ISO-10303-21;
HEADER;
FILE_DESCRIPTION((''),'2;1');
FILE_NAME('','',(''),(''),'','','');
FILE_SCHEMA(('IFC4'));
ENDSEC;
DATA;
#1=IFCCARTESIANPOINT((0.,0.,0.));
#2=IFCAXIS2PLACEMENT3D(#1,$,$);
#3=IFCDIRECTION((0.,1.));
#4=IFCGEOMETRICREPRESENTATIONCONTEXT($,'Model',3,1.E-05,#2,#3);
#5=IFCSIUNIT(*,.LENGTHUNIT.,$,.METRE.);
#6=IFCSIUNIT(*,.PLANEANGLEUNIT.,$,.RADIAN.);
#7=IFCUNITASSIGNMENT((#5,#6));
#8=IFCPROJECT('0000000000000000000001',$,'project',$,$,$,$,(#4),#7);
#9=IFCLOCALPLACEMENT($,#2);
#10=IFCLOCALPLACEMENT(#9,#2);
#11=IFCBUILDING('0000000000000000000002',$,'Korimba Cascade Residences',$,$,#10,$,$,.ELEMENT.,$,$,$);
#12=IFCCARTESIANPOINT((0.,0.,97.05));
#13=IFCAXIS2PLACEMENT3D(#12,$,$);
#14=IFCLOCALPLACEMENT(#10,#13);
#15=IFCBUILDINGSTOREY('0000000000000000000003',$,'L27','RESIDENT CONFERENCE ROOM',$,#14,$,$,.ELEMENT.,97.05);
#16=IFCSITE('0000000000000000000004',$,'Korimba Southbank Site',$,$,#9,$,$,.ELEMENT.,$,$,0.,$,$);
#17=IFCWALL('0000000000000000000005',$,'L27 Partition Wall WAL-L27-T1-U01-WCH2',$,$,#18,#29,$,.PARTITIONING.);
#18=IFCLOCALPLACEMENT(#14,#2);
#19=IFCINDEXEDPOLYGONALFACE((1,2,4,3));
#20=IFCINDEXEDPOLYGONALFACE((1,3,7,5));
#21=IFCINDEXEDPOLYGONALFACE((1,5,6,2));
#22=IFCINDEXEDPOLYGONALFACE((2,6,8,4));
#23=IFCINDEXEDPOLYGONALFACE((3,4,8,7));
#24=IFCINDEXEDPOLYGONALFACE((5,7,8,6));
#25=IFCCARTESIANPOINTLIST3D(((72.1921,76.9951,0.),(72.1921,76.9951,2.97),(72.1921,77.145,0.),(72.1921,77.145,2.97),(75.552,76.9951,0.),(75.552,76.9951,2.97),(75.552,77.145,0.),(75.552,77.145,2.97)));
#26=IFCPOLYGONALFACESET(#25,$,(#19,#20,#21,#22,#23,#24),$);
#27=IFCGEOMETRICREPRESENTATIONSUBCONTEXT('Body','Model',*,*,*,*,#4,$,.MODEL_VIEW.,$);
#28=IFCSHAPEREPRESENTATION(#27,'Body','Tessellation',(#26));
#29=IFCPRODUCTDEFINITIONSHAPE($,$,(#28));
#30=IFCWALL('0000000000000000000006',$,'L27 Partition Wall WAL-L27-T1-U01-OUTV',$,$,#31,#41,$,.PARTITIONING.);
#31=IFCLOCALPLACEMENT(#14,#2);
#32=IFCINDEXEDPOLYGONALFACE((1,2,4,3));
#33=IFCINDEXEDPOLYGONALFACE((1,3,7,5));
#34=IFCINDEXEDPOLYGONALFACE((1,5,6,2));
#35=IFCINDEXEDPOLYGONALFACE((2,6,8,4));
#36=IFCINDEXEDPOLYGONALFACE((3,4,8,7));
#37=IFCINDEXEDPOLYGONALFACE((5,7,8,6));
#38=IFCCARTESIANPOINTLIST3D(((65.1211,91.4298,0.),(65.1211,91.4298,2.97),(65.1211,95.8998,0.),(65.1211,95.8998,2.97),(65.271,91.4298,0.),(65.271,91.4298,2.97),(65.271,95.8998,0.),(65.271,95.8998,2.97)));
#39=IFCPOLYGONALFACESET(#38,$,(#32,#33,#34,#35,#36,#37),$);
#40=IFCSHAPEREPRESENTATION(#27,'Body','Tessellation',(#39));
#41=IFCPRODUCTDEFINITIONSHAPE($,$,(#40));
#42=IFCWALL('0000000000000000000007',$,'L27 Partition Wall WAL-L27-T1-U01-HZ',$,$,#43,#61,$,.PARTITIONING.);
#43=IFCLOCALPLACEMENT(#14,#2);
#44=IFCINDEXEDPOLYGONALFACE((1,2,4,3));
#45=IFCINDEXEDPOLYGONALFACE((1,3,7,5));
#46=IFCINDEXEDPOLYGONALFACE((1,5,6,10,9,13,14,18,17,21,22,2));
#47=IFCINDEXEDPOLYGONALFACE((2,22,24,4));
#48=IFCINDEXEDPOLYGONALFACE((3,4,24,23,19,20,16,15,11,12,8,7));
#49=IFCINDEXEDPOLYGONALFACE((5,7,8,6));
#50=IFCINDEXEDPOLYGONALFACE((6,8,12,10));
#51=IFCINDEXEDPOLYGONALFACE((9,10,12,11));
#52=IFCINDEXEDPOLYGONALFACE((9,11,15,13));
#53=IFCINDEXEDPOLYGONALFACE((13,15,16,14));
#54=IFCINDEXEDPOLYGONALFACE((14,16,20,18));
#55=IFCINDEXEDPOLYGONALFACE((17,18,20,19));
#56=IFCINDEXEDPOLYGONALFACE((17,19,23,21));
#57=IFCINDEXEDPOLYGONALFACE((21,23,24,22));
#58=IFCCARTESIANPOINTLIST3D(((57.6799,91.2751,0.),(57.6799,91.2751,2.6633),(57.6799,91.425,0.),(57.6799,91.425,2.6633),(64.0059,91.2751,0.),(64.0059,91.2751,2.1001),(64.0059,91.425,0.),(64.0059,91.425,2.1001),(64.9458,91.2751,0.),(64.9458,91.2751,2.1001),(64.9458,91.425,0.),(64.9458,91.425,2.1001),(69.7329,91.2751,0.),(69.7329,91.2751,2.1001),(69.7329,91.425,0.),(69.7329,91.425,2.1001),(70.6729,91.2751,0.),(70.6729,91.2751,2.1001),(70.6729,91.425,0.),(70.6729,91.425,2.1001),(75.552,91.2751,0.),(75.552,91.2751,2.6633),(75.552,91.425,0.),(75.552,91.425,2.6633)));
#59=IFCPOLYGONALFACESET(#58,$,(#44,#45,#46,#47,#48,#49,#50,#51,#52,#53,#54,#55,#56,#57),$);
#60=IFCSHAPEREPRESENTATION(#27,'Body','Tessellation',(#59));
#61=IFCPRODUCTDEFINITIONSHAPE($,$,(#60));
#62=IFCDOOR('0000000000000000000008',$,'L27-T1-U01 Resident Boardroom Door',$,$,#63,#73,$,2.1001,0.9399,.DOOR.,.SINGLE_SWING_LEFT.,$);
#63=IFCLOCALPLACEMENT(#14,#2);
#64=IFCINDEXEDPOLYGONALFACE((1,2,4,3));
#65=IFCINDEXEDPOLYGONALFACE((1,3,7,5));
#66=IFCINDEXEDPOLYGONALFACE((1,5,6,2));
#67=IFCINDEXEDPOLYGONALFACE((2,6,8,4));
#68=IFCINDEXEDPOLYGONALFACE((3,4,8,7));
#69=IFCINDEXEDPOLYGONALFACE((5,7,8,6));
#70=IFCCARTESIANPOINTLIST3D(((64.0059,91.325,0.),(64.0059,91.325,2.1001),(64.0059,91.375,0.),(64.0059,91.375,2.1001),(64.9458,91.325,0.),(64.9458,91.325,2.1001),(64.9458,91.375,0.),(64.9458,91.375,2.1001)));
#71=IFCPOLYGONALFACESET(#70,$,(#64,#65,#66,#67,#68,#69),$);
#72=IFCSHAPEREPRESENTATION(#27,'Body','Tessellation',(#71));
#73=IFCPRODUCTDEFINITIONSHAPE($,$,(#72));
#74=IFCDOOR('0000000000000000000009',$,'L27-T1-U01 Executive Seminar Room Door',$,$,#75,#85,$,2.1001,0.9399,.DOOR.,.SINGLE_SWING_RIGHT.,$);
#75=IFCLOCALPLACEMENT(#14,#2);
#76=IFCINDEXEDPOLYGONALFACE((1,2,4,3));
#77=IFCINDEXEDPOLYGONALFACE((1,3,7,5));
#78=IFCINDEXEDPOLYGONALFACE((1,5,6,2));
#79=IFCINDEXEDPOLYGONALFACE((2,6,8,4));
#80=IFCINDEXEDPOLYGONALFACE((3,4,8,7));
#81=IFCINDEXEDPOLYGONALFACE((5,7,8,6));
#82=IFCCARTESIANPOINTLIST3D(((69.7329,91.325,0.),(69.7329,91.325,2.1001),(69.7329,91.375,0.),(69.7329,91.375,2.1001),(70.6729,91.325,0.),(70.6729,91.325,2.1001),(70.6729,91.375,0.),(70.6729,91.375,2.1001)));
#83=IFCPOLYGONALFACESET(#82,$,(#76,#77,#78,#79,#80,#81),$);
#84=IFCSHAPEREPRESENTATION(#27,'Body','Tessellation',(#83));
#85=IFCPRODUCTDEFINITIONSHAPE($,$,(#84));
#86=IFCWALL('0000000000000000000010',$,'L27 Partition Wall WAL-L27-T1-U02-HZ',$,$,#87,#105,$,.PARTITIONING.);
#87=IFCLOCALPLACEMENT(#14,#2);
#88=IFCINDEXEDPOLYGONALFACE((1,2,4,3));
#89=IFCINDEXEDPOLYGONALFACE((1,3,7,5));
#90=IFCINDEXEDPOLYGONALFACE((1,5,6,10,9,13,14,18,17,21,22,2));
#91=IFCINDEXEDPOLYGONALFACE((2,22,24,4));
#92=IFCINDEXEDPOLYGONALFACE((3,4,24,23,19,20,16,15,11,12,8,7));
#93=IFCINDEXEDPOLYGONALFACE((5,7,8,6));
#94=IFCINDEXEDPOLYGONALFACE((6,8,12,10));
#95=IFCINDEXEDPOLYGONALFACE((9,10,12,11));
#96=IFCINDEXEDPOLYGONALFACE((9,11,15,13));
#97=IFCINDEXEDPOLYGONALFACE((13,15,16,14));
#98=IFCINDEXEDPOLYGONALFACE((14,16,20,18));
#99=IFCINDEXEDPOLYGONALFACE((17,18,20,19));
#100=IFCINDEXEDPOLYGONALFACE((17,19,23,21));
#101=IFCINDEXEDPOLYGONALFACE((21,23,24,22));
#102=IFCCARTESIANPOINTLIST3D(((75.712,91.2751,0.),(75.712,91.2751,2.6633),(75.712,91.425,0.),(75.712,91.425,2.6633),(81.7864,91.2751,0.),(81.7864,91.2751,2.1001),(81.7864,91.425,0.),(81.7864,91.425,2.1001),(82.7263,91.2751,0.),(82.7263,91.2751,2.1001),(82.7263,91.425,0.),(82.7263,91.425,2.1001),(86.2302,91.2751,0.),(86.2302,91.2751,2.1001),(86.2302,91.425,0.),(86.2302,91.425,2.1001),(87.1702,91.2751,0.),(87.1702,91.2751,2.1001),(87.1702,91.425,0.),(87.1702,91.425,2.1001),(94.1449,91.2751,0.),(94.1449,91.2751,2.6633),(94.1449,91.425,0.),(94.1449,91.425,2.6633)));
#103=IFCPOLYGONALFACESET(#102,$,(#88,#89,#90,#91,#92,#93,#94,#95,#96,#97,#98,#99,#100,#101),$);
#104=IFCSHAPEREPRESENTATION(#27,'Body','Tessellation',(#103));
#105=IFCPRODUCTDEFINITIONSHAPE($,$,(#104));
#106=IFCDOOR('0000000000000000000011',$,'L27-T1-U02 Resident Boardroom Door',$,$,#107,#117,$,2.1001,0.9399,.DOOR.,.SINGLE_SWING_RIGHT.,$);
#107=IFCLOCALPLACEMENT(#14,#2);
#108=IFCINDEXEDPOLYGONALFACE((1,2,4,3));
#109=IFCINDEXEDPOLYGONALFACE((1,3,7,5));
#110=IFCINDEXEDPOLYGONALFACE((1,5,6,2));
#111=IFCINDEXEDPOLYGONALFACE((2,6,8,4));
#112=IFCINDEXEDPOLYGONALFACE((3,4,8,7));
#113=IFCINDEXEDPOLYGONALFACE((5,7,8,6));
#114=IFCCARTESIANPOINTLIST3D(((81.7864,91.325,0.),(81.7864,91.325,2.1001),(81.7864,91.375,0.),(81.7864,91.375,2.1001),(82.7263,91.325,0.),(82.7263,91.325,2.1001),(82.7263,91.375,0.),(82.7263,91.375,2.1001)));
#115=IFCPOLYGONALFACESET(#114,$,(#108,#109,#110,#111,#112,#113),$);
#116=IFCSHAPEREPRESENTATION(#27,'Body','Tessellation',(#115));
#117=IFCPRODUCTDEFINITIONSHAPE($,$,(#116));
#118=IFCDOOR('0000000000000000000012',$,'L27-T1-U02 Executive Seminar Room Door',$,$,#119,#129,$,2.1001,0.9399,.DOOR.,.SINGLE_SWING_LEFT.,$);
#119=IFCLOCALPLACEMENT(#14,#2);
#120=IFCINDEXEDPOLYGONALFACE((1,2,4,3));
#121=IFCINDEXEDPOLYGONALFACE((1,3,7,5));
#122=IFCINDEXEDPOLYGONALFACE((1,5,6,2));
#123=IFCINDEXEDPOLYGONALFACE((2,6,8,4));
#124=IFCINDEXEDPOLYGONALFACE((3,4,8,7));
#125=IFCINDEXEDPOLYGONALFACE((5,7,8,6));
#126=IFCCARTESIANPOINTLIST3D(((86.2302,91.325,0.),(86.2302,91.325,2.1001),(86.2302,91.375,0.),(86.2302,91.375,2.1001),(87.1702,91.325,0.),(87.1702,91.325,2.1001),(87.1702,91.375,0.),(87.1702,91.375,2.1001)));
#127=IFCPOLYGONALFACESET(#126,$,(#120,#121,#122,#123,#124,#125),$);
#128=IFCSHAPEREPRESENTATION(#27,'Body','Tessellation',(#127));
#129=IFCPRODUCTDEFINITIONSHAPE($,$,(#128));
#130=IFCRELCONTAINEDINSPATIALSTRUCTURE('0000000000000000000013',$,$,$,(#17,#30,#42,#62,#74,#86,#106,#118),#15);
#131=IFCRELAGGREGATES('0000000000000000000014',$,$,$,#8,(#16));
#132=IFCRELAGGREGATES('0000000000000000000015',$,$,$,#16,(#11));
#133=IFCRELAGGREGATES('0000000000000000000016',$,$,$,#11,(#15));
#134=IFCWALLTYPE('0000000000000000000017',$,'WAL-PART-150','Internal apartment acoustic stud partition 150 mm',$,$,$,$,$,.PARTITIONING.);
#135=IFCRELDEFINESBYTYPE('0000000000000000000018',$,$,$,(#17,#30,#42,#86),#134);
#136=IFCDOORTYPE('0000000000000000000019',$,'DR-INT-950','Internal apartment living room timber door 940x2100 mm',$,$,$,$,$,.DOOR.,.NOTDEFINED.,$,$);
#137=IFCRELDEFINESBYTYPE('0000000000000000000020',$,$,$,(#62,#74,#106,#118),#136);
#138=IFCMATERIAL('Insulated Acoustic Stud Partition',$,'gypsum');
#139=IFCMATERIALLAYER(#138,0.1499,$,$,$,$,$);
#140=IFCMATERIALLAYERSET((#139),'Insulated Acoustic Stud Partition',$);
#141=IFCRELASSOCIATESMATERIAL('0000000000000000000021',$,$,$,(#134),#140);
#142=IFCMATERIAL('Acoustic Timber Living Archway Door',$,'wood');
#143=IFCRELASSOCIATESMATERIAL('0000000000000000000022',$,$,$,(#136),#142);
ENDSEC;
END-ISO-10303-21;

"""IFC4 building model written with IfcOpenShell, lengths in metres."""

from ifc_helpers import new_model, si_unit, direction, frame, frame_2d, origin, place, context, subcontext, project, spatial, rectangle, extrude, material, layer, layer_set, type_object, element, fill, save


model = new_model("IFC4")

# Units and contexts
model_context = context("Model", 3, precision=1e-05, world=origin(), true_north=direction((0.0, 1.0)))
body_context = subcontext(model_context, "Body", "Model", "MODEL_VIEW")
ifc_project = project(units=[si_unit("LENGTHUNIT", "METRE"), si_unit("PLANEANGLEUNIT", "RADIAN")], contexts=[model_context])

# Site, building, storey
site_placement = place(None, origin())
site = spatial("IfcSite", under=ifc_project, at=site_placement, Name="Korimba Southbank Site", CompositionType="ELEMENT", RefElevation=0.0)
building_placement = place(site_placement, origin())
building = spatial("IfcBuilding", under=site, at=building_placement, Name="Korimba Cascade Residences", CompositionType="ELEMENT")
storey_placement = place(building_placement, frame((0.0, 0.0, 97.05)))
storey = spatial("IfcBuildingStorey", under=building, at=storey_placement, Name="L27", Description="RESIDENT CONFERENCE ROOM", CompositionType="ELEMENT", Elevation=97.05)

# Walls
ifc_material_1 = material(Name="Insulated Acoustic Stud Partition", Category="gypsum")
ifc_layer_1 = layer(ifc_material_1, 0.1499)
ifc_layer_set_1 = layer_set([ifc_layer_1], Name="Insulated Acoustic Stud Partition")
wall_type_1 = type_object("IfcWallType", Name="WAL-PART-150", Description="Internal apartment acoustic stud partition 150 mm", PredefinedType="PARTITIONING", material=ifc_layer_set_1)
for number, where, z_axis, x_axis, name in (
    (1, (72.1921, 77.0701, 0.0), (0.0, 0.0, 1.0), (1.0, 0.0, 0.0), "L27 Partition Wall WAL-L27-T1-U01-WCH2"),
):
    element("IfcWall", number, at=place(storey_placement, frame(where, z_axis=z_axis, x_axis=x_axis)), inside=storey, type_object=wall_type_1, Name=name, PredefinedType="PARTITIONING", context=body_context, shape_type="SweptSolid", body=[
        extrude(rectangle(XDim=3.3599, YDim=0.1499, at=frame_2d((1.6799, 0.0))), origin(), (0.0, 0.0, 1.0), 2.97),
    ])
wall_1_placement = place(storey_placement, frame((65.196, 91.4299, 0.0), z_axis=(0.0, 0.0, 1.0), x_axis=(0.0, 1.0, 0.0)))
element("IfcWall", 2, at=wall_1_placement, inside=storey, type_object=wall_type_1, Name="L27 Partition Wall WAL-L27-T1-U01-OUTV", PredefinedType="PARTITIONING", context=body_context, shape_type="SweptSolid", body=[
    extrude(rectangle(XDim=4.47, YDim=0.1499, at=frame_2d((2.2349, 0.0))), origin(), (0.0, 0.0, 1.0), 2.97),
])

# Walls, openings, doors
wall_2_placement = place(storey_placement, frame((57.6799, 91.3501, 0.0), z_axis=(0.0, 0.0, 1.0), x_axis=(1.0, 0.0, 0.0)))
wall_2 = element("IfcWall", 3, at=wall_2_placement, inside=storey, type_object=wall_type_1, Name="L27 Partition Wall WAL-L27-T1-U01-HZ", PredefinedType="PARTITIONING", context=body_context, shape_type="SweptSolid", body=[
    extrude(rectangle(XDim=17.8721, YDim=0.1499, at=frame_2d((8.936, 0.0))), origin(), (0.0, 0.0, 1.0), 2.6633),
])
opening_1_placement = place(wall_2_placement, frame((6.3259, 0.0, 0.0)))
opening_1 = element("IfcOpeningElement", 4, at=opening_1_placement, cuts=wall_2, PredefinedType="OPENING", context=body_context, shape_type="SweptSolid", body=[
    extrude(rectangle(XDim=0.9399, YDim=2.1001, at=frame_2d((0.47, 1.05))), frame((0.0, 0.085, 0.0), z_axis=(0.0, -1.0, 0.0), x_axis=(1.0, 0.0, 0.0)), (0.0, 0.0, 1.0), 0.1699),
])
opening_2_placement = place(wall_2_placement, frame((12.053, 0.0, 0.0)))
opening_2 = element("IfcOpeningElement", 5, at=opening_2_placement, cuts=wall_2, PredefinedType="OPENING", context=body_context, shape_type="SweptSolid", body=[
    extrude(rectangle(XDim=0.9399, YDim=2.1001, at=frame_2d((0.47, 1.05))), frame((0.0, 0.085, 0.0), z_axis=(0.0, -1.0, 0.0), x_axis=(1.0, 0.0, 0.0)), (0.0, 0.0, 1.0), 0.1699),
])
ifc_material_2 = material(Name="Acoustic Timber Living Archway Door", Category="wood")
door_type = type_object("IfcDoorType", Name="DR-INT-950", Description="Internal apartment living room timber door 940x2100 mm", OperationType="NOTDEFINED", PredefinedType="DOOR", material=ifc_material_2)
door_1_placement = place(opening_1_placement, origin())
door_1 = element("IfcDoor", 6, at=door_1_placement, inside=storey, type_object=door_type, Name="L27-T1-U01 Resident Boardroom Door", OperationType="SINGLE_SWING_LEFT", OverallHeight=2.1001, OverallWidth=0.9399, PredefinedType="DOOR", context=body_context, shape_type="SweptSolid", body=[
    extrude(rectangle(XDim=0.9399, YDim=2.1001, at=frame_2d((0.47, 1.05))), frame((0.0, 0.0249, 0.0), z_axis=(0.0, -1.0, 0.0), x_axis=(1.0, 0.0, 0.0)), (0.0, 0.0, 1.0), 0.05),
])
fill(opening_1, door_1)
door_2_placement = place(opening_2_placement, origin())
door_2 = element("IfcDoor", 7, at=door_2_placement, inside=storey, type_object=door_type, Name="L27-T1-U01 Executive Seminar Room Door", OperationType="SINGLE_SWING_RIGHT", OverallHeight=2.1001, OverallWidth=0.9399, PredefinedType="DOOR", context=body_context, shape_type="SweptSolid", body=[
    extrude(rectangle(XDim=0.9399, YDim=2.1001, at=frame_2d((0.47, 1.05))), frame((0.0, 0.0249, 0.0), z_axis=(0.0, -1.0, 0.0), x_axis=(1.0, 0.0, 0.0)), (0.0, 0.0, 1.0), 0.05),
])
fill(opening_2, door_2)
wall_3_placement = place(storey_placement, frame((75.7122, 91.3501, 0.0), z_axis=(0.0, 0.0, 1.0), x_axis=(1.0, 0.0, 0.0)))
wall_3 = element("IfcWall", 8, at=wall_3_placement, inside=storey, type_object=wall_type_1, Name="L27 Partition Wall WAL-L27-T1-U02-HZ", PredefinedType="PARTITIONING", context=body_context, shape_type="SweptSolid", body=[
    extrude(rectangle(XDim=18.4329, YDim=0.1499, at=frame_2d((9.2163, 0.0))), origin(), (0.0, 0.0, 1.0), 2.6633),
])
opening_3_placement = place(wall_3_placement, frame((6.0742, 0.0, 0.0)))
opening_3 = element("IfcOpeningElement", 9, at=opening_3_placement, cuts=wall_3, PredefinedType="OPENING", context=body_context, shape_type="SweptSolid", body=[
    extrude(rectangle(XDim=0.9399, YDim=2.1001, at=frame_2d((0.47, 1.05))), frame((0.0, 0.085, 0.0), z_axis=(0.0, -1.0, 0.0), x_axis=(1.0, 0.0, 0.0)), (0.0, 0.0, 1.0), 0.1699),
])
opening_4_placement = place(wall_3_placement, frame((10.5181, 0.0, 0.0)))
opening_4 = element("IfcOpeningElement", 10, at=opening_4_placement, cuts=wall_3, PredefinedType="OPENING", context=body_context, shape_type="SweptSolid", body=[
    extrude(rectangle(XDim=0.9399, YDim=2.1001, at=frame_2d((0.47, 1.05))), frame((0.0, 0.085, 0.0), z_axis=(0.0, -1.0, 0.0), x_axis=(1.0, 0.0, 0.0)), (0.0, 0.0, 1.0), 0.1699),
])
door_3_placement = place(opening_3_placement, origin())
door_3 = element("IfcDoor", 11, at=door_3_placement, inside=storey, type_object=door_type, Name="L27-T1-U02 Resident Boardroom Door", OperationType="SINGLE_SWING_RIGHT", OverallHeight=2.1001, OverallWidth=0.9399, PredefinedType="DOOR", context=body_context, shape_type="SweptSolid", body=[
    extrude(rectangle(XDim=0.9399, YDim=2.1001, at=frame_2d((0.47, 1.05))), frame((0.0, 0.0249, 0.0), z_axis=(0.0, -1.0, 0.0), x_axis=(1.0, 0.0, 0.0)), (0.0, 0.0, 1.0), 0.05),
])
fill(opening_3, door_3)
door_4_placement = place(opening_4_placement, origin())
door_4 = element("IfcDoor", 12, at=door_4_placement, inside=storey, type_object=door_type, Name="L27-T1-U02 Executive Seminar Room Door", OperationType="SINGLE_SWING_LEFT", OverallHeight=2.1001, OverallWidth=0.9399, PredefinedType="DOOR", context=body_context, shape_type="SweptSolid", body=[
    extrude(rectangle(XDim=0.9399, YDim=2.1001, at=frame_2d((0.47, 1.05))), frame((0.0, 0.0249, 0.0), z_axis=(0.0, -1.0, 0.0), x_axis=(1.0, 0.0, 0.0)), (0.0, 0.0, 1.0), 0.05),
])
fill(opening_4, door_4)

save(model, "model.ifc")
